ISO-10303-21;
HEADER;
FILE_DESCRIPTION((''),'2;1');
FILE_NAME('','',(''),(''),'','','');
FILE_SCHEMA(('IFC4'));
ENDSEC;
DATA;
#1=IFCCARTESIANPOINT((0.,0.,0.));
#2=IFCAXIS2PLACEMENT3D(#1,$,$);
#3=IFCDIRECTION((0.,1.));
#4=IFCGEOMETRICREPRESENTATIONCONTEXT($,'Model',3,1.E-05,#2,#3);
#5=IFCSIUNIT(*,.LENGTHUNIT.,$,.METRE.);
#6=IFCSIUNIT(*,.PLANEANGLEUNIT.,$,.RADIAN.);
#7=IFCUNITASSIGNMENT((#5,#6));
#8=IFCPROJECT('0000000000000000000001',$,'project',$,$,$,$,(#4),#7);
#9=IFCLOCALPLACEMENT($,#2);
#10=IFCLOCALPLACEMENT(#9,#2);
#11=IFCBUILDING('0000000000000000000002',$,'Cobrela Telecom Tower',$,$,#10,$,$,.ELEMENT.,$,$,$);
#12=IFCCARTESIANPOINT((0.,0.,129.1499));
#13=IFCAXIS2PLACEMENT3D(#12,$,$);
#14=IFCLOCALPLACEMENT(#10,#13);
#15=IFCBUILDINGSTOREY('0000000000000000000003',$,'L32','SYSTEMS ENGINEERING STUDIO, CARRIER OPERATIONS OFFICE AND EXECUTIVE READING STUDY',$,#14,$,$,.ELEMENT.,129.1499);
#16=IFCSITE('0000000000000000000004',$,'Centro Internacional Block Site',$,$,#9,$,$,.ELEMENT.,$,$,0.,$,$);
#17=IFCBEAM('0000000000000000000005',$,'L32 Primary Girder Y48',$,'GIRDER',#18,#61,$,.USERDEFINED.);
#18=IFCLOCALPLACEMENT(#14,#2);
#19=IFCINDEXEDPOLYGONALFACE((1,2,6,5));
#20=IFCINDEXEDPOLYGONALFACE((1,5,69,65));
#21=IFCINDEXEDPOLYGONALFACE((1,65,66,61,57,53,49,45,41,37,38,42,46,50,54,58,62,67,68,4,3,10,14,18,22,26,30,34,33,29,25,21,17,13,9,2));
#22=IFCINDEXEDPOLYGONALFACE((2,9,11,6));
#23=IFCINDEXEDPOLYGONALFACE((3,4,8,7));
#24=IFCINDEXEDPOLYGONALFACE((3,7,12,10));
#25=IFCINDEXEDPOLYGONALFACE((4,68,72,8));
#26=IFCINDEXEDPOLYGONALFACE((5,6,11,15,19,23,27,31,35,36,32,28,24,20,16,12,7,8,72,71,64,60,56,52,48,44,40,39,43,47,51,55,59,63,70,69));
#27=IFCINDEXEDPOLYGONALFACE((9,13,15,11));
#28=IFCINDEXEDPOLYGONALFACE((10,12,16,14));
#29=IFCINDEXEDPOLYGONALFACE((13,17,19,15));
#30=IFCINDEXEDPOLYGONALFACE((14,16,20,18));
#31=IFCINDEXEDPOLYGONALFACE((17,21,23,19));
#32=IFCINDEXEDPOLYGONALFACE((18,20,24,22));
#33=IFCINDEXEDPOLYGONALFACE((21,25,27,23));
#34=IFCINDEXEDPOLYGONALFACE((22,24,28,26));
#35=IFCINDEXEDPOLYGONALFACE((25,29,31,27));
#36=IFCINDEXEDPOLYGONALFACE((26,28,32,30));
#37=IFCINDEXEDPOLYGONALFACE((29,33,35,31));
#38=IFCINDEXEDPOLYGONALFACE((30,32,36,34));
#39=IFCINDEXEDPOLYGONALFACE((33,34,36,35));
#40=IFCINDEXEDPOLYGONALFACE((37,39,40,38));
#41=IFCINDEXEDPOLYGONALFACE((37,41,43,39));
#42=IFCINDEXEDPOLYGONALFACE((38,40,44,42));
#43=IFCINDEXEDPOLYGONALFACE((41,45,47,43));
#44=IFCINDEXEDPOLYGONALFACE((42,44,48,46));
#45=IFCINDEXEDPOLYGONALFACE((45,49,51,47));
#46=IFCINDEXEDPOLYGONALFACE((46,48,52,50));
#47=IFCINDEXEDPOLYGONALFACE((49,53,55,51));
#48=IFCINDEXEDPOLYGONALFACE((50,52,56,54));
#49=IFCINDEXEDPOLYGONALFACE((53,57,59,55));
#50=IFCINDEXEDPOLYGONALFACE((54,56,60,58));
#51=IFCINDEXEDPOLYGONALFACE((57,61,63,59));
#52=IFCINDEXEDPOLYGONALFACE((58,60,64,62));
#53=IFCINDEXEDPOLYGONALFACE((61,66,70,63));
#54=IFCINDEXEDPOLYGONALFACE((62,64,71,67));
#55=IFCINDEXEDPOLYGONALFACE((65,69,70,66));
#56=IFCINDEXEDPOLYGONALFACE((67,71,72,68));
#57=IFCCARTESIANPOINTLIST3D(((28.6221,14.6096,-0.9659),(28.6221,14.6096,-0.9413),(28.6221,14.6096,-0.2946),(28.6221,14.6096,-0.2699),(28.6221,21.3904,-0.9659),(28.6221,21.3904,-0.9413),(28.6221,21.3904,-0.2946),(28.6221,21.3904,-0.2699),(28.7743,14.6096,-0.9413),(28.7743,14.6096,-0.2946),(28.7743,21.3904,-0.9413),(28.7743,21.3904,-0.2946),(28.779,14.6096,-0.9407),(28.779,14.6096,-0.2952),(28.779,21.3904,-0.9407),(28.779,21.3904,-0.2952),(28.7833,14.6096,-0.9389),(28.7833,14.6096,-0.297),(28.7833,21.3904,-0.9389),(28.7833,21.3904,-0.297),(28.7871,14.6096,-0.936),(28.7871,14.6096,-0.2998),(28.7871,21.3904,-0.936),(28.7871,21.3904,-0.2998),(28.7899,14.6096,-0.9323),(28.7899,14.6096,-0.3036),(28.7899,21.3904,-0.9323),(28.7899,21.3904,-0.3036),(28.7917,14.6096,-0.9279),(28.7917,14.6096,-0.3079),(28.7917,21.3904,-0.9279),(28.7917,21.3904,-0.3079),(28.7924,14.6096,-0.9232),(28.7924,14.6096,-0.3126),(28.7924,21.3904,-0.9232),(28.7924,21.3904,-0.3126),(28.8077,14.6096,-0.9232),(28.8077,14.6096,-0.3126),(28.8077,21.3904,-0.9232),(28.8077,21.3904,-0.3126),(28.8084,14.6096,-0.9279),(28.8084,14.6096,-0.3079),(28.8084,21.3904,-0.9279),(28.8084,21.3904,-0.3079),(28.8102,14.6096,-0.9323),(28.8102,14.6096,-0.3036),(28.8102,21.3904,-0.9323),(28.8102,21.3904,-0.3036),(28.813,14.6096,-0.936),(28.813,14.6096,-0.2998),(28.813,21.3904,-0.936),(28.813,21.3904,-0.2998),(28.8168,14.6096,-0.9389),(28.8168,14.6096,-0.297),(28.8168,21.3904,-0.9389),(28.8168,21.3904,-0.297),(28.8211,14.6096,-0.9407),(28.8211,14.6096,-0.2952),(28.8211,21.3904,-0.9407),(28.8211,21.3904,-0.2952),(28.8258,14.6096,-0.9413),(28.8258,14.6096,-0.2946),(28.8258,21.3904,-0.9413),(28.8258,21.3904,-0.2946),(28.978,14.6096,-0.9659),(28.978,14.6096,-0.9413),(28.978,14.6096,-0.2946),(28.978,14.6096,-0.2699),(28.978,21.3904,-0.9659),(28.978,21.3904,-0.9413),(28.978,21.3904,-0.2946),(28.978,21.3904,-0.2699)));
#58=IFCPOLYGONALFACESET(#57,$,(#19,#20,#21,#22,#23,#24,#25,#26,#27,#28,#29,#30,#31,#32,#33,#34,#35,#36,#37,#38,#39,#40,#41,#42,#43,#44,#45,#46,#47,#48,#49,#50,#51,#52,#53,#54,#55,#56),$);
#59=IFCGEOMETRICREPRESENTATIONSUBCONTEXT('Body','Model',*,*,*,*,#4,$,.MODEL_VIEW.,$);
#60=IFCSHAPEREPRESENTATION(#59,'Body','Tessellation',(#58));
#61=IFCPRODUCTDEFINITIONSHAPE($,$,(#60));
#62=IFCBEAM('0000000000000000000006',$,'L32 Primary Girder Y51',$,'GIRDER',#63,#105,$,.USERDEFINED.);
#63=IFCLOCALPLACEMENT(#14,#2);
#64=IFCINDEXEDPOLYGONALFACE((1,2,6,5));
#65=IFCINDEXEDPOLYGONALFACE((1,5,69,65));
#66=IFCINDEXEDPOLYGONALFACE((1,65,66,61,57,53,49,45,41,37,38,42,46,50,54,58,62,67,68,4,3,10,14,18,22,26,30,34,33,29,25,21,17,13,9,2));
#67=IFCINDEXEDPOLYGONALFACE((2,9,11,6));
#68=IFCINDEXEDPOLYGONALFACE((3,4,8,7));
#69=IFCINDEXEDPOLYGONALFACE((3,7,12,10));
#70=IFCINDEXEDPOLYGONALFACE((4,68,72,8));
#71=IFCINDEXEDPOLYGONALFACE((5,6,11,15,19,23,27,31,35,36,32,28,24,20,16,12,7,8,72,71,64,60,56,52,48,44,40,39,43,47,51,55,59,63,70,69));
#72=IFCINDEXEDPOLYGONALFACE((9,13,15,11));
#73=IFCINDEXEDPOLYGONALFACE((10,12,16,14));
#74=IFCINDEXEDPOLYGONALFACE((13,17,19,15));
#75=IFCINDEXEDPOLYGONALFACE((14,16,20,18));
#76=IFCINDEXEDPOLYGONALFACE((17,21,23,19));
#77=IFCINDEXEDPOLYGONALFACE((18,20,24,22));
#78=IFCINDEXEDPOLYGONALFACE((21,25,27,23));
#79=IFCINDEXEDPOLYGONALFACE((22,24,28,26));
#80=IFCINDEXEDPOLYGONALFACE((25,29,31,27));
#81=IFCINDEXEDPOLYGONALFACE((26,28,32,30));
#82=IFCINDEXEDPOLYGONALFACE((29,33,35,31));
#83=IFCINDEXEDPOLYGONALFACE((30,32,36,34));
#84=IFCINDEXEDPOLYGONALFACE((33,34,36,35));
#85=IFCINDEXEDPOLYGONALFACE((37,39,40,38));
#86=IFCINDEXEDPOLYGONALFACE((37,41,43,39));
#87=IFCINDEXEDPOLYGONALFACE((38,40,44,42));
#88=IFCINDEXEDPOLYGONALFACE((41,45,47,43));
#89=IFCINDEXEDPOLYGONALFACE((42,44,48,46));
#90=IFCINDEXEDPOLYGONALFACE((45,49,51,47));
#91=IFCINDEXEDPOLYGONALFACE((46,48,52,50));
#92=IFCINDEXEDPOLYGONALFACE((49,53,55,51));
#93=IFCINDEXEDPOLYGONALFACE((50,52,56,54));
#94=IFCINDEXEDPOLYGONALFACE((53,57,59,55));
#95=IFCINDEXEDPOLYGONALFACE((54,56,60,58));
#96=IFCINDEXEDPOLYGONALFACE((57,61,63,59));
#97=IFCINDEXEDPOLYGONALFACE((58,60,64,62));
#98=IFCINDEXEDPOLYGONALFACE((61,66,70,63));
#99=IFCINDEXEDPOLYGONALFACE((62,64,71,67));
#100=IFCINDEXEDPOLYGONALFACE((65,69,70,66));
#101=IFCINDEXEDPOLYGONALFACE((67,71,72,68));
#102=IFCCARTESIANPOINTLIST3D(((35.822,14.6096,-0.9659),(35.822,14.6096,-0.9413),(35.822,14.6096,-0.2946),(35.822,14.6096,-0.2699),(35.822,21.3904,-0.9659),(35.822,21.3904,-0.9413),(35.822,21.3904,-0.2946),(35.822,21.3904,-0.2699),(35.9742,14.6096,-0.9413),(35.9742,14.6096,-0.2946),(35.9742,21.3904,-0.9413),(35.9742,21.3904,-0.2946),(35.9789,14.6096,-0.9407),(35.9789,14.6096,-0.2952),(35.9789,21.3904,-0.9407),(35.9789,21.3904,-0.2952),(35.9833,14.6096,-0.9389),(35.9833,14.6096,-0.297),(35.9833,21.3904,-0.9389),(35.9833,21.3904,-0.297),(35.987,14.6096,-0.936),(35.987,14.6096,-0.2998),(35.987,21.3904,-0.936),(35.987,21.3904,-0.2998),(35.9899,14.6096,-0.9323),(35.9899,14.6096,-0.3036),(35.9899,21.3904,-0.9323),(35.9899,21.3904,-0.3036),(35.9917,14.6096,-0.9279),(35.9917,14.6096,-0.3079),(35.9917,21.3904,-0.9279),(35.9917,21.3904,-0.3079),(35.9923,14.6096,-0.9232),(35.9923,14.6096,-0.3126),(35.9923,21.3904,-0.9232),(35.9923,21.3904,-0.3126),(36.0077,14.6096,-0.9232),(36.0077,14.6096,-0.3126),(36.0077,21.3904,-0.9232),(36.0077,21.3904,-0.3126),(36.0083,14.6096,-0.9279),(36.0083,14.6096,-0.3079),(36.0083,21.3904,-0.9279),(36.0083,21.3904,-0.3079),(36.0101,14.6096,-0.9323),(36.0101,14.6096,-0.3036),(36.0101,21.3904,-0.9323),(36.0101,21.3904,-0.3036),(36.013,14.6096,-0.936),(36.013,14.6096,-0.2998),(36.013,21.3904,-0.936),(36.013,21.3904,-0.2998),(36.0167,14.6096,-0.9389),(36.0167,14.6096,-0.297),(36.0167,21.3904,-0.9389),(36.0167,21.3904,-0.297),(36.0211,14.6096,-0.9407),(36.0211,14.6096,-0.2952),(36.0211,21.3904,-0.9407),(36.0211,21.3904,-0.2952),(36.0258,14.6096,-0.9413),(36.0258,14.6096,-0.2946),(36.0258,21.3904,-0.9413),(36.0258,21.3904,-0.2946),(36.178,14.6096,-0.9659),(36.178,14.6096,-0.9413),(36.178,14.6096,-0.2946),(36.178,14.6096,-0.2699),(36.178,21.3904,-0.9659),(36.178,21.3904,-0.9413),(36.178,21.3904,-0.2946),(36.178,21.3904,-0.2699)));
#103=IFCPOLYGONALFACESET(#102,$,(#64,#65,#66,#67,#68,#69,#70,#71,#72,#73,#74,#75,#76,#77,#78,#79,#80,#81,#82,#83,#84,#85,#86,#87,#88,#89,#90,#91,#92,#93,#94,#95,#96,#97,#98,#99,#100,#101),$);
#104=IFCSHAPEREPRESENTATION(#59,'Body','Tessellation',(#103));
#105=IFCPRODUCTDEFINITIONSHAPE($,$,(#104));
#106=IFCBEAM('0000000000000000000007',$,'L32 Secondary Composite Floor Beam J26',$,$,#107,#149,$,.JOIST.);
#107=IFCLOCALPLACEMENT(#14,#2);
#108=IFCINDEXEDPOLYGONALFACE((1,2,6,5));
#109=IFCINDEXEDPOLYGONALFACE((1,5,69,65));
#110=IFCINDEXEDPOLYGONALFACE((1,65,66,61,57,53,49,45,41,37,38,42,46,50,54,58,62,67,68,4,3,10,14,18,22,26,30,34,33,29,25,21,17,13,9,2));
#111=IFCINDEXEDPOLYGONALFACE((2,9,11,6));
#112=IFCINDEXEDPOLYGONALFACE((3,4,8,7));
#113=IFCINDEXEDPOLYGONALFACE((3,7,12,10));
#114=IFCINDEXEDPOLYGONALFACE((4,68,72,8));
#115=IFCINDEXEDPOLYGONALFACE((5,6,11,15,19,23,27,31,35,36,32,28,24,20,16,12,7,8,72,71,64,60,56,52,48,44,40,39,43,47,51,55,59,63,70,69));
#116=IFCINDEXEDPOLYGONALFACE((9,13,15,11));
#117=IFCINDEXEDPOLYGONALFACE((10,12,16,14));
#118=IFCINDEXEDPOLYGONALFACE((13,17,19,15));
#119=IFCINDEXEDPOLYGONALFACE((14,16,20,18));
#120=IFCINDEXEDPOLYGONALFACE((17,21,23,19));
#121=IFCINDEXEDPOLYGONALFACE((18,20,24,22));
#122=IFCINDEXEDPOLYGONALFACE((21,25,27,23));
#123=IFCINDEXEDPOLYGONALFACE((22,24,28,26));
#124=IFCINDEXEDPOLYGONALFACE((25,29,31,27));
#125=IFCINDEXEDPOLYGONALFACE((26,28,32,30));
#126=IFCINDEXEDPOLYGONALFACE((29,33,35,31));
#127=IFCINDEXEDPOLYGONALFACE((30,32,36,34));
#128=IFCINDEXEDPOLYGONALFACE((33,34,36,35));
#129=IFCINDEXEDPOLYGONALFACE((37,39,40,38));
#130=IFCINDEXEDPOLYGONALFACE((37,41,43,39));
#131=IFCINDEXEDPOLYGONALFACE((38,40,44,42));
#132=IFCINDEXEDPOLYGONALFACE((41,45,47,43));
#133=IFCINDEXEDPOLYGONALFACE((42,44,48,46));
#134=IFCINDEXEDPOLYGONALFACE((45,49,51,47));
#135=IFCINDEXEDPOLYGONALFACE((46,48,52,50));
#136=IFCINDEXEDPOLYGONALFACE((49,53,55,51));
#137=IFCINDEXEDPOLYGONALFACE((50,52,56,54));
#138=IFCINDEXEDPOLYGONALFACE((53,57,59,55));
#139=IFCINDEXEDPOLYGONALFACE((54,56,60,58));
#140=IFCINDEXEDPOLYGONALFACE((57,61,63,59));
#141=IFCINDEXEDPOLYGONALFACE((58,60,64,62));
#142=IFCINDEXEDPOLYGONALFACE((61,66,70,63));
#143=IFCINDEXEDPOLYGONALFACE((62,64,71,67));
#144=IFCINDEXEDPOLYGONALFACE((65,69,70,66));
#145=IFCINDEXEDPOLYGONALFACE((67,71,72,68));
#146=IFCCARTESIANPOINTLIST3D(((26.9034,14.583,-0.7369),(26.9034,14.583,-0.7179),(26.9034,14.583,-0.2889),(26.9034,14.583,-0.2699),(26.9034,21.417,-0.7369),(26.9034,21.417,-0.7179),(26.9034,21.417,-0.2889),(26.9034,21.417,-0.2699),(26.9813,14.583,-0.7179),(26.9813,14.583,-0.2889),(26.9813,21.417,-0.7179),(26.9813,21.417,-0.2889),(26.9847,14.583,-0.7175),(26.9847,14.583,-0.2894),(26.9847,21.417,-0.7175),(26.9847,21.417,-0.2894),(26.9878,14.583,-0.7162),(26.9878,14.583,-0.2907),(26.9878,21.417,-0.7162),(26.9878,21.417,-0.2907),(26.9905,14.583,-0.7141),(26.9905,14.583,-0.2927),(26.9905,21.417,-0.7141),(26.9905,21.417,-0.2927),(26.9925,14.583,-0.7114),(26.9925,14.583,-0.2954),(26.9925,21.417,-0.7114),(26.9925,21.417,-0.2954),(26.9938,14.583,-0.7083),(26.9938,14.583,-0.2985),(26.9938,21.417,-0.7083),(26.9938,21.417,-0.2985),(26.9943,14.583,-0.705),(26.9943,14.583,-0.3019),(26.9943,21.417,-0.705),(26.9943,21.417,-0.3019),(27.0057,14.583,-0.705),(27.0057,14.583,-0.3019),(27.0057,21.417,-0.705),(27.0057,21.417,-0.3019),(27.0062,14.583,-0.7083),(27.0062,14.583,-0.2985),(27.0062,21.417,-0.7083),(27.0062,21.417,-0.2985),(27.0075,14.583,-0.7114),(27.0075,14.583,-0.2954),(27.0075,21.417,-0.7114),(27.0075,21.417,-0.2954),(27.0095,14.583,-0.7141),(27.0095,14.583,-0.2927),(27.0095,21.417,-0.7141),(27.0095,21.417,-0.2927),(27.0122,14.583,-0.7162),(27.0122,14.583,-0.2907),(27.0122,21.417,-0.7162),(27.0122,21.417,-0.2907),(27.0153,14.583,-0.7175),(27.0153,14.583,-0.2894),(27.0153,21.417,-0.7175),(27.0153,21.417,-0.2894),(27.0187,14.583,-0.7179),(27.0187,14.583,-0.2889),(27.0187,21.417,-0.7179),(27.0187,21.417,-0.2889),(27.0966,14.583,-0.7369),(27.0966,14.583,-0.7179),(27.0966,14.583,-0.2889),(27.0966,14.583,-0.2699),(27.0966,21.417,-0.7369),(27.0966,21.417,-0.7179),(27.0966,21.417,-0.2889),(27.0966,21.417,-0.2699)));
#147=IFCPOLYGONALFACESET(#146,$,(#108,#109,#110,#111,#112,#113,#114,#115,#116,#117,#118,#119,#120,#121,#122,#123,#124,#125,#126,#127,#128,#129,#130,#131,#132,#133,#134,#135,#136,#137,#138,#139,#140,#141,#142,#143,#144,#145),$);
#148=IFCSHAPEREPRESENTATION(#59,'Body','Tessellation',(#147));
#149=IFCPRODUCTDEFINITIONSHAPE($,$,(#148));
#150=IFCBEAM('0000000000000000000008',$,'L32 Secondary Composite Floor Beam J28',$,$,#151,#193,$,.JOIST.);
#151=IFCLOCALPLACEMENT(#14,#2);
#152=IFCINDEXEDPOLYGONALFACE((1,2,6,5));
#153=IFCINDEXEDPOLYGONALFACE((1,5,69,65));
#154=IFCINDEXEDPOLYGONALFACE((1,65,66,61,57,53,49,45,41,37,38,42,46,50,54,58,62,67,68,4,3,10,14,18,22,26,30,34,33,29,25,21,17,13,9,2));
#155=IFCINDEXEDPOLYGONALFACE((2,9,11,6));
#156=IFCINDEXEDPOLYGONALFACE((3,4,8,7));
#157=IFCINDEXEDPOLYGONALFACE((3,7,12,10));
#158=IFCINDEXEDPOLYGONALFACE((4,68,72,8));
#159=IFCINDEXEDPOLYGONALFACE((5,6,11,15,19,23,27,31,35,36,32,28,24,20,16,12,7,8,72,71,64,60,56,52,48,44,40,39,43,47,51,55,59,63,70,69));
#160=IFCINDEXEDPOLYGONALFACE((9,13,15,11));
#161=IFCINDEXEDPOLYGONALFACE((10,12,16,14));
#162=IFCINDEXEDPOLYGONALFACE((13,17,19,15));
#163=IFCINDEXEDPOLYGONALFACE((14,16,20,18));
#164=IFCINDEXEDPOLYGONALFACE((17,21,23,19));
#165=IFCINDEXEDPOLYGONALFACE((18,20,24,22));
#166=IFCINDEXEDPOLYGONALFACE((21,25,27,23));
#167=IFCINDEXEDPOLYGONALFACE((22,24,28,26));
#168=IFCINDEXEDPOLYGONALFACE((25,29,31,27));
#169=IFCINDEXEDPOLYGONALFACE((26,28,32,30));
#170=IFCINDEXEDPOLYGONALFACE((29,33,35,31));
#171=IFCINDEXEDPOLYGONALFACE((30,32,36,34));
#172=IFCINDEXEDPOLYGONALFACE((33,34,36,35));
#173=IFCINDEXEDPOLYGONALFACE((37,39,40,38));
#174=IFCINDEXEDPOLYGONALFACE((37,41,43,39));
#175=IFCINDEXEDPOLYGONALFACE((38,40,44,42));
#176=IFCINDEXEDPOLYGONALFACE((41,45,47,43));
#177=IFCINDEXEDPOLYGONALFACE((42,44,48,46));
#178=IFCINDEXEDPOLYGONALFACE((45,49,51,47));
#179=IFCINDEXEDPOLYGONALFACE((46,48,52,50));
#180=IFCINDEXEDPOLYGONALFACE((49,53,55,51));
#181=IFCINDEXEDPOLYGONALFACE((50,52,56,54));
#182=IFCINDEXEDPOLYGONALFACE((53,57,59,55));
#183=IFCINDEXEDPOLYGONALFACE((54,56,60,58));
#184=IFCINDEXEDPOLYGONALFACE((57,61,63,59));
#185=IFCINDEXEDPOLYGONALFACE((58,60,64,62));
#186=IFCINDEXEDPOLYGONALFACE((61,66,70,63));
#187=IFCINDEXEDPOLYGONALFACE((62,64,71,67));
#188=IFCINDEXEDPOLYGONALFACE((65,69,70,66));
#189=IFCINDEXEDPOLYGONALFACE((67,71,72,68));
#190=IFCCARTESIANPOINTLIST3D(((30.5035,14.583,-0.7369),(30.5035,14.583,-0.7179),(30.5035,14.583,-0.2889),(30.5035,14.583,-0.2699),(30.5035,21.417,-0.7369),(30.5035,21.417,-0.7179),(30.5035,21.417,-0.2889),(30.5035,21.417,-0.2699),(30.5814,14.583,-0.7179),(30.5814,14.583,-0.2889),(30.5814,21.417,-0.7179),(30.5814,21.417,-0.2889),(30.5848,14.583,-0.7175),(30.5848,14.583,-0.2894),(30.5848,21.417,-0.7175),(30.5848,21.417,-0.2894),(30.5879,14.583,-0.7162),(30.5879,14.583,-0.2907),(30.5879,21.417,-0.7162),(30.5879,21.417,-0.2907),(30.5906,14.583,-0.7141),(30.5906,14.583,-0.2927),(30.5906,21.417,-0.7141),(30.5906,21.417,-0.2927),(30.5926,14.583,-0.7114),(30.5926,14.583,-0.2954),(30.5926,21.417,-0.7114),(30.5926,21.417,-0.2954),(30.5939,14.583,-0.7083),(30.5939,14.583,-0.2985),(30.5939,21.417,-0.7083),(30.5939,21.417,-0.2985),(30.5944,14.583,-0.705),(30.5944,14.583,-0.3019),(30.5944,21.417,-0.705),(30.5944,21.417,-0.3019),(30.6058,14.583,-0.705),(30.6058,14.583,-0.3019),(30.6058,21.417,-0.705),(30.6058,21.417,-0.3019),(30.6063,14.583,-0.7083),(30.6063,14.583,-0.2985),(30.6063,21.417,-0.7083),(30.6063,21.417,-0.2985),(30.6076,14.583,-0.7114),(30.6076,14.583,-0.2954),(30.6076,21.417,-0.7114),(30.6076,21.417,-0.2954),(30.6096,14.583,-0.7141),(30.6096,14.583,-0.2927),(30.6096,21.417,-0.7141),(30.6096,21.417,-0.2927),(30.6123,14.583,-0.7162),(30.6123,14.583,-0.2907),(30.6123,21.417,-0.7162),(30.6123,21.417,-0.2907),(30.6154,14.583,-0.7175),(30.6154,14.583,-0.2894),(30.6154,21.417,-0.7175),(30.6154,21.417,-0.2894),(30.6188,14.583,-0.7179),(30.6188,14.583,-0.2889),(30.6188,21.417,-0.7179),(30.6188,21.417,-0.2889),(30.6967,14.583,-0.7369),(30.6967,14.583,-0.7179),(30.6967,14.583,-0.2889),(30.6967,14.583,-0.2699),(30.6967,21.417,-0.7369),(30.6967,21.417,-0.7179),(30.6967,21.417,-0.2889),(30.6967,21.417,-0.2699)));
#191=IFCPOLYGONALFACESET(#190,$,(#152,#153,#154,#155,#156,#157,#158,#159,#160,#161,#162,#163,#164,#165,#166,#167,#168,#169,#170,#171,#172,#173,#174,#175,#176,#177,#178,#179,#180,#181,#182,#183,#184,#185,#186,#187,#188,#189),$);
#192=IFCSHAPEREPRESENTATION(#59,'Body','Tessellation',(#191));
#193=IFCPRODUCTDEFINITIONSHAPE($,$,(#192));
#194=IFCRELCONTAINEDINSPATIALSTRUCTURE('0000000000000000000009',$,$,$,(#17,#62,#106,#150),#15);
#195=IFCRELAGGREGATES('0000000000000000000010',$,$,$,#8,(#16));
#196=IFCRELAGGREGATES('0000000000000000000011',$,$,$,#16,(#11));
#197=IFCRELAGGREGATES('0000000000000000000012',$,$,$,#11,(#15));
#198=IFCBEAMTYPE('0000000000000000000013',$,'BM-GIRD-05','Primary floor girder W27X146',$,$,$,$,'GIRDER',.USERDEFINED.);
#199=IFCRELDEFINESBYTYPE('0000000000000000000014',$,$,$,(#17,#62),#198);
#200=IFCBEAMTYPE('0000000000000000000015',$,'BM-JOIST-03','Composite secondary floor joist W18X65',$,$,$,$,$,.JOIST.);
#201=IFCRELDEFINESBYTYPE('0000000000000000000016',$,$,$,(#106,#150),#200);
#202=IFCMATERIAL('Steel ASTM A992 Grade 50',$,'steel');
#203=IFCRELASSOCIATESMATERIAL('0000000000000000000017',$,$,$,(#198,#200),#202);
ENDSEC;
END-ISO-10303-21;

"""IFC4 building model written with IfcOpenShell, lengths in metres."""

from ifc_helpers import new_model, si_unit, direction, frame, origin, origin_2d, place, context, subcontext, project, spatial, i_section, extrude, material, material_profile, profile_set, type_object, element, save


model = new_model("IFC4")

# Units and contexts
model_context = context("Model", 3, precision=1e-05, world=origin(), true_north=direction((0.0, 1.0)))
body_context = subcontext(model_context, "Body", "Model", "MODEL_VIEW")
ifc_project = project(units=[si_unit("LENGTHUNIT", "METRE"), si_unit("PLANEANGLEUNIT", "RADIAN")], contexts=[model_context])

# Site, building, storey
site_placement = place(None, origin())
site = spatial("IfcSite", under=ifc_project, at=site_placement, Name="Centro Internacional Block Site", CompositionType="ELEMENT", RefElevation=0.0)
building_placement = place(site_placement, origin())
building = spatial("IfcBuilding", under=site, at=building_placement, Name="Cobrela Telecom Tower", CompositionType="ELEMENT")
storey_placement = place(building_placement, frame((0.0, 0.0, 129.1499)))
storey = spatial("IfcBuildingStorey", under=building, at=storey_placement, Name="L32", Description="SYSTEMS ENGINEERING STUDIO, CARRIER OPERATIONS OFFICE AND EXECUTIVE READING STUDY", CompositionType="ELEMENT", Elevation=129.1499)

# Shared definitions
ifc_material_1 = material(Name="Steel ASTM A992 Grade 50", Category="steel")

# Beams
ifc_material_profile_1 = material_profile(ifc_material_1, i_section(OverallWidth=0.356, OverallDepth=0.696, WebThickness=0.0154, FlangeThickness=0.0247, FilletRadius=0.0181, at=origin_2d()), Name="W27X146")
ifc_profile_set_1 = profile_set([ifc_material_profile_1], Name="Steel ASTM A992 Grade 50")
beam_type_1 = type_object("IfcBeamType", Name="BM-GIRD-05", Description="Primary floor girder W27X146", ElementType="GIRDER", PredefinedType="USERDEFINED", material=ifc_profile_set_1)
for number, where, z_axis, x_axis, name in (
    (1, (28.8, 14.6096, -0.6179), (0.0, 1.0, 0.0), (-1.0, 0.0, 0.0), "L32 Primary Girder Y48"),
    (2, (36.0, 14.6096, -0.6179), (0.0, 1.0, 0.0), (-1.0, 0.0, 0.0), "L32 Primary Girder Y51"),
):
    element("IfcBeam", number, at=place(storey_placement, frame(where, z_axis=z_axis, x_axis=x_axis)), inside=storey, type_object=beam_type_1, Name=name, ObjectType="GIRDER", PredefinedType="USERDEFINED", context=body_context, shape_type="SweptSolid", body=[
        extrude(i_section(OverallWidth=0.356, OverallDepth=0.696, WebThickness=0.0154, FlangeThickness=0.0247, FilletRadius=0.0181, at=origin_2d()), origin(), (0.0, 0.0, 1.0), 6.7808),
    ])
ifc_material_profile_2 = material_profile(ifc_material_1, i_section(OverallWidth=0.1931, OverallDepth=0.467, WebThickness=0.0115, FlangeThickness=0.019, FilletRadius=0.0129, at=origin_2d()), Name="W18X65")
ifc_profile_set_2 = profile_set([ifc_material_profile_2], Name="Steel ASTM A992 Grade 50")
beam_type_2 = type_object("IfcBeamType", Name="BM-JOIST-03", Description="Composite secondary floor joist W18X65", PredefinedType="JOIST", material=ifc_profile_set_2)
for number, where, z_axis, x_axis, name in (
    (3, (27.0, 14.583, -0.5034), (0.0, 1.0, 0.0), (-1.0, 0.0, 0.0), "L32 Secondary Composite Floor Beam J26"),
    (4, (30.6001, 14.583, -0.5034), (0.0, 1.0, 0.0), (-1.0, 0.0, 0.0), "L32 Secondary Composite Floor Beam J28"),
):
    element("IfcBeam", number, at=place(storey_placement, frame(where, z_axis=z_axis, x_axis=x_axis)), inside=storey, type_object=beam_type_2, Name=name, PredefinedType="JOIST", context=body_context, shape_type="SweptSolid", body=[
        extrude(i_section(OverallWidth=0.1931, OverallDepth=0.467, WebThickness=0.0115, FlangeThickness=0.019, FilletRadius=0.0129, at=origin_2d()), origin(), (0.0, 0.0, 1.0), 6.834),
    ])

save(model, "model.ifc")
